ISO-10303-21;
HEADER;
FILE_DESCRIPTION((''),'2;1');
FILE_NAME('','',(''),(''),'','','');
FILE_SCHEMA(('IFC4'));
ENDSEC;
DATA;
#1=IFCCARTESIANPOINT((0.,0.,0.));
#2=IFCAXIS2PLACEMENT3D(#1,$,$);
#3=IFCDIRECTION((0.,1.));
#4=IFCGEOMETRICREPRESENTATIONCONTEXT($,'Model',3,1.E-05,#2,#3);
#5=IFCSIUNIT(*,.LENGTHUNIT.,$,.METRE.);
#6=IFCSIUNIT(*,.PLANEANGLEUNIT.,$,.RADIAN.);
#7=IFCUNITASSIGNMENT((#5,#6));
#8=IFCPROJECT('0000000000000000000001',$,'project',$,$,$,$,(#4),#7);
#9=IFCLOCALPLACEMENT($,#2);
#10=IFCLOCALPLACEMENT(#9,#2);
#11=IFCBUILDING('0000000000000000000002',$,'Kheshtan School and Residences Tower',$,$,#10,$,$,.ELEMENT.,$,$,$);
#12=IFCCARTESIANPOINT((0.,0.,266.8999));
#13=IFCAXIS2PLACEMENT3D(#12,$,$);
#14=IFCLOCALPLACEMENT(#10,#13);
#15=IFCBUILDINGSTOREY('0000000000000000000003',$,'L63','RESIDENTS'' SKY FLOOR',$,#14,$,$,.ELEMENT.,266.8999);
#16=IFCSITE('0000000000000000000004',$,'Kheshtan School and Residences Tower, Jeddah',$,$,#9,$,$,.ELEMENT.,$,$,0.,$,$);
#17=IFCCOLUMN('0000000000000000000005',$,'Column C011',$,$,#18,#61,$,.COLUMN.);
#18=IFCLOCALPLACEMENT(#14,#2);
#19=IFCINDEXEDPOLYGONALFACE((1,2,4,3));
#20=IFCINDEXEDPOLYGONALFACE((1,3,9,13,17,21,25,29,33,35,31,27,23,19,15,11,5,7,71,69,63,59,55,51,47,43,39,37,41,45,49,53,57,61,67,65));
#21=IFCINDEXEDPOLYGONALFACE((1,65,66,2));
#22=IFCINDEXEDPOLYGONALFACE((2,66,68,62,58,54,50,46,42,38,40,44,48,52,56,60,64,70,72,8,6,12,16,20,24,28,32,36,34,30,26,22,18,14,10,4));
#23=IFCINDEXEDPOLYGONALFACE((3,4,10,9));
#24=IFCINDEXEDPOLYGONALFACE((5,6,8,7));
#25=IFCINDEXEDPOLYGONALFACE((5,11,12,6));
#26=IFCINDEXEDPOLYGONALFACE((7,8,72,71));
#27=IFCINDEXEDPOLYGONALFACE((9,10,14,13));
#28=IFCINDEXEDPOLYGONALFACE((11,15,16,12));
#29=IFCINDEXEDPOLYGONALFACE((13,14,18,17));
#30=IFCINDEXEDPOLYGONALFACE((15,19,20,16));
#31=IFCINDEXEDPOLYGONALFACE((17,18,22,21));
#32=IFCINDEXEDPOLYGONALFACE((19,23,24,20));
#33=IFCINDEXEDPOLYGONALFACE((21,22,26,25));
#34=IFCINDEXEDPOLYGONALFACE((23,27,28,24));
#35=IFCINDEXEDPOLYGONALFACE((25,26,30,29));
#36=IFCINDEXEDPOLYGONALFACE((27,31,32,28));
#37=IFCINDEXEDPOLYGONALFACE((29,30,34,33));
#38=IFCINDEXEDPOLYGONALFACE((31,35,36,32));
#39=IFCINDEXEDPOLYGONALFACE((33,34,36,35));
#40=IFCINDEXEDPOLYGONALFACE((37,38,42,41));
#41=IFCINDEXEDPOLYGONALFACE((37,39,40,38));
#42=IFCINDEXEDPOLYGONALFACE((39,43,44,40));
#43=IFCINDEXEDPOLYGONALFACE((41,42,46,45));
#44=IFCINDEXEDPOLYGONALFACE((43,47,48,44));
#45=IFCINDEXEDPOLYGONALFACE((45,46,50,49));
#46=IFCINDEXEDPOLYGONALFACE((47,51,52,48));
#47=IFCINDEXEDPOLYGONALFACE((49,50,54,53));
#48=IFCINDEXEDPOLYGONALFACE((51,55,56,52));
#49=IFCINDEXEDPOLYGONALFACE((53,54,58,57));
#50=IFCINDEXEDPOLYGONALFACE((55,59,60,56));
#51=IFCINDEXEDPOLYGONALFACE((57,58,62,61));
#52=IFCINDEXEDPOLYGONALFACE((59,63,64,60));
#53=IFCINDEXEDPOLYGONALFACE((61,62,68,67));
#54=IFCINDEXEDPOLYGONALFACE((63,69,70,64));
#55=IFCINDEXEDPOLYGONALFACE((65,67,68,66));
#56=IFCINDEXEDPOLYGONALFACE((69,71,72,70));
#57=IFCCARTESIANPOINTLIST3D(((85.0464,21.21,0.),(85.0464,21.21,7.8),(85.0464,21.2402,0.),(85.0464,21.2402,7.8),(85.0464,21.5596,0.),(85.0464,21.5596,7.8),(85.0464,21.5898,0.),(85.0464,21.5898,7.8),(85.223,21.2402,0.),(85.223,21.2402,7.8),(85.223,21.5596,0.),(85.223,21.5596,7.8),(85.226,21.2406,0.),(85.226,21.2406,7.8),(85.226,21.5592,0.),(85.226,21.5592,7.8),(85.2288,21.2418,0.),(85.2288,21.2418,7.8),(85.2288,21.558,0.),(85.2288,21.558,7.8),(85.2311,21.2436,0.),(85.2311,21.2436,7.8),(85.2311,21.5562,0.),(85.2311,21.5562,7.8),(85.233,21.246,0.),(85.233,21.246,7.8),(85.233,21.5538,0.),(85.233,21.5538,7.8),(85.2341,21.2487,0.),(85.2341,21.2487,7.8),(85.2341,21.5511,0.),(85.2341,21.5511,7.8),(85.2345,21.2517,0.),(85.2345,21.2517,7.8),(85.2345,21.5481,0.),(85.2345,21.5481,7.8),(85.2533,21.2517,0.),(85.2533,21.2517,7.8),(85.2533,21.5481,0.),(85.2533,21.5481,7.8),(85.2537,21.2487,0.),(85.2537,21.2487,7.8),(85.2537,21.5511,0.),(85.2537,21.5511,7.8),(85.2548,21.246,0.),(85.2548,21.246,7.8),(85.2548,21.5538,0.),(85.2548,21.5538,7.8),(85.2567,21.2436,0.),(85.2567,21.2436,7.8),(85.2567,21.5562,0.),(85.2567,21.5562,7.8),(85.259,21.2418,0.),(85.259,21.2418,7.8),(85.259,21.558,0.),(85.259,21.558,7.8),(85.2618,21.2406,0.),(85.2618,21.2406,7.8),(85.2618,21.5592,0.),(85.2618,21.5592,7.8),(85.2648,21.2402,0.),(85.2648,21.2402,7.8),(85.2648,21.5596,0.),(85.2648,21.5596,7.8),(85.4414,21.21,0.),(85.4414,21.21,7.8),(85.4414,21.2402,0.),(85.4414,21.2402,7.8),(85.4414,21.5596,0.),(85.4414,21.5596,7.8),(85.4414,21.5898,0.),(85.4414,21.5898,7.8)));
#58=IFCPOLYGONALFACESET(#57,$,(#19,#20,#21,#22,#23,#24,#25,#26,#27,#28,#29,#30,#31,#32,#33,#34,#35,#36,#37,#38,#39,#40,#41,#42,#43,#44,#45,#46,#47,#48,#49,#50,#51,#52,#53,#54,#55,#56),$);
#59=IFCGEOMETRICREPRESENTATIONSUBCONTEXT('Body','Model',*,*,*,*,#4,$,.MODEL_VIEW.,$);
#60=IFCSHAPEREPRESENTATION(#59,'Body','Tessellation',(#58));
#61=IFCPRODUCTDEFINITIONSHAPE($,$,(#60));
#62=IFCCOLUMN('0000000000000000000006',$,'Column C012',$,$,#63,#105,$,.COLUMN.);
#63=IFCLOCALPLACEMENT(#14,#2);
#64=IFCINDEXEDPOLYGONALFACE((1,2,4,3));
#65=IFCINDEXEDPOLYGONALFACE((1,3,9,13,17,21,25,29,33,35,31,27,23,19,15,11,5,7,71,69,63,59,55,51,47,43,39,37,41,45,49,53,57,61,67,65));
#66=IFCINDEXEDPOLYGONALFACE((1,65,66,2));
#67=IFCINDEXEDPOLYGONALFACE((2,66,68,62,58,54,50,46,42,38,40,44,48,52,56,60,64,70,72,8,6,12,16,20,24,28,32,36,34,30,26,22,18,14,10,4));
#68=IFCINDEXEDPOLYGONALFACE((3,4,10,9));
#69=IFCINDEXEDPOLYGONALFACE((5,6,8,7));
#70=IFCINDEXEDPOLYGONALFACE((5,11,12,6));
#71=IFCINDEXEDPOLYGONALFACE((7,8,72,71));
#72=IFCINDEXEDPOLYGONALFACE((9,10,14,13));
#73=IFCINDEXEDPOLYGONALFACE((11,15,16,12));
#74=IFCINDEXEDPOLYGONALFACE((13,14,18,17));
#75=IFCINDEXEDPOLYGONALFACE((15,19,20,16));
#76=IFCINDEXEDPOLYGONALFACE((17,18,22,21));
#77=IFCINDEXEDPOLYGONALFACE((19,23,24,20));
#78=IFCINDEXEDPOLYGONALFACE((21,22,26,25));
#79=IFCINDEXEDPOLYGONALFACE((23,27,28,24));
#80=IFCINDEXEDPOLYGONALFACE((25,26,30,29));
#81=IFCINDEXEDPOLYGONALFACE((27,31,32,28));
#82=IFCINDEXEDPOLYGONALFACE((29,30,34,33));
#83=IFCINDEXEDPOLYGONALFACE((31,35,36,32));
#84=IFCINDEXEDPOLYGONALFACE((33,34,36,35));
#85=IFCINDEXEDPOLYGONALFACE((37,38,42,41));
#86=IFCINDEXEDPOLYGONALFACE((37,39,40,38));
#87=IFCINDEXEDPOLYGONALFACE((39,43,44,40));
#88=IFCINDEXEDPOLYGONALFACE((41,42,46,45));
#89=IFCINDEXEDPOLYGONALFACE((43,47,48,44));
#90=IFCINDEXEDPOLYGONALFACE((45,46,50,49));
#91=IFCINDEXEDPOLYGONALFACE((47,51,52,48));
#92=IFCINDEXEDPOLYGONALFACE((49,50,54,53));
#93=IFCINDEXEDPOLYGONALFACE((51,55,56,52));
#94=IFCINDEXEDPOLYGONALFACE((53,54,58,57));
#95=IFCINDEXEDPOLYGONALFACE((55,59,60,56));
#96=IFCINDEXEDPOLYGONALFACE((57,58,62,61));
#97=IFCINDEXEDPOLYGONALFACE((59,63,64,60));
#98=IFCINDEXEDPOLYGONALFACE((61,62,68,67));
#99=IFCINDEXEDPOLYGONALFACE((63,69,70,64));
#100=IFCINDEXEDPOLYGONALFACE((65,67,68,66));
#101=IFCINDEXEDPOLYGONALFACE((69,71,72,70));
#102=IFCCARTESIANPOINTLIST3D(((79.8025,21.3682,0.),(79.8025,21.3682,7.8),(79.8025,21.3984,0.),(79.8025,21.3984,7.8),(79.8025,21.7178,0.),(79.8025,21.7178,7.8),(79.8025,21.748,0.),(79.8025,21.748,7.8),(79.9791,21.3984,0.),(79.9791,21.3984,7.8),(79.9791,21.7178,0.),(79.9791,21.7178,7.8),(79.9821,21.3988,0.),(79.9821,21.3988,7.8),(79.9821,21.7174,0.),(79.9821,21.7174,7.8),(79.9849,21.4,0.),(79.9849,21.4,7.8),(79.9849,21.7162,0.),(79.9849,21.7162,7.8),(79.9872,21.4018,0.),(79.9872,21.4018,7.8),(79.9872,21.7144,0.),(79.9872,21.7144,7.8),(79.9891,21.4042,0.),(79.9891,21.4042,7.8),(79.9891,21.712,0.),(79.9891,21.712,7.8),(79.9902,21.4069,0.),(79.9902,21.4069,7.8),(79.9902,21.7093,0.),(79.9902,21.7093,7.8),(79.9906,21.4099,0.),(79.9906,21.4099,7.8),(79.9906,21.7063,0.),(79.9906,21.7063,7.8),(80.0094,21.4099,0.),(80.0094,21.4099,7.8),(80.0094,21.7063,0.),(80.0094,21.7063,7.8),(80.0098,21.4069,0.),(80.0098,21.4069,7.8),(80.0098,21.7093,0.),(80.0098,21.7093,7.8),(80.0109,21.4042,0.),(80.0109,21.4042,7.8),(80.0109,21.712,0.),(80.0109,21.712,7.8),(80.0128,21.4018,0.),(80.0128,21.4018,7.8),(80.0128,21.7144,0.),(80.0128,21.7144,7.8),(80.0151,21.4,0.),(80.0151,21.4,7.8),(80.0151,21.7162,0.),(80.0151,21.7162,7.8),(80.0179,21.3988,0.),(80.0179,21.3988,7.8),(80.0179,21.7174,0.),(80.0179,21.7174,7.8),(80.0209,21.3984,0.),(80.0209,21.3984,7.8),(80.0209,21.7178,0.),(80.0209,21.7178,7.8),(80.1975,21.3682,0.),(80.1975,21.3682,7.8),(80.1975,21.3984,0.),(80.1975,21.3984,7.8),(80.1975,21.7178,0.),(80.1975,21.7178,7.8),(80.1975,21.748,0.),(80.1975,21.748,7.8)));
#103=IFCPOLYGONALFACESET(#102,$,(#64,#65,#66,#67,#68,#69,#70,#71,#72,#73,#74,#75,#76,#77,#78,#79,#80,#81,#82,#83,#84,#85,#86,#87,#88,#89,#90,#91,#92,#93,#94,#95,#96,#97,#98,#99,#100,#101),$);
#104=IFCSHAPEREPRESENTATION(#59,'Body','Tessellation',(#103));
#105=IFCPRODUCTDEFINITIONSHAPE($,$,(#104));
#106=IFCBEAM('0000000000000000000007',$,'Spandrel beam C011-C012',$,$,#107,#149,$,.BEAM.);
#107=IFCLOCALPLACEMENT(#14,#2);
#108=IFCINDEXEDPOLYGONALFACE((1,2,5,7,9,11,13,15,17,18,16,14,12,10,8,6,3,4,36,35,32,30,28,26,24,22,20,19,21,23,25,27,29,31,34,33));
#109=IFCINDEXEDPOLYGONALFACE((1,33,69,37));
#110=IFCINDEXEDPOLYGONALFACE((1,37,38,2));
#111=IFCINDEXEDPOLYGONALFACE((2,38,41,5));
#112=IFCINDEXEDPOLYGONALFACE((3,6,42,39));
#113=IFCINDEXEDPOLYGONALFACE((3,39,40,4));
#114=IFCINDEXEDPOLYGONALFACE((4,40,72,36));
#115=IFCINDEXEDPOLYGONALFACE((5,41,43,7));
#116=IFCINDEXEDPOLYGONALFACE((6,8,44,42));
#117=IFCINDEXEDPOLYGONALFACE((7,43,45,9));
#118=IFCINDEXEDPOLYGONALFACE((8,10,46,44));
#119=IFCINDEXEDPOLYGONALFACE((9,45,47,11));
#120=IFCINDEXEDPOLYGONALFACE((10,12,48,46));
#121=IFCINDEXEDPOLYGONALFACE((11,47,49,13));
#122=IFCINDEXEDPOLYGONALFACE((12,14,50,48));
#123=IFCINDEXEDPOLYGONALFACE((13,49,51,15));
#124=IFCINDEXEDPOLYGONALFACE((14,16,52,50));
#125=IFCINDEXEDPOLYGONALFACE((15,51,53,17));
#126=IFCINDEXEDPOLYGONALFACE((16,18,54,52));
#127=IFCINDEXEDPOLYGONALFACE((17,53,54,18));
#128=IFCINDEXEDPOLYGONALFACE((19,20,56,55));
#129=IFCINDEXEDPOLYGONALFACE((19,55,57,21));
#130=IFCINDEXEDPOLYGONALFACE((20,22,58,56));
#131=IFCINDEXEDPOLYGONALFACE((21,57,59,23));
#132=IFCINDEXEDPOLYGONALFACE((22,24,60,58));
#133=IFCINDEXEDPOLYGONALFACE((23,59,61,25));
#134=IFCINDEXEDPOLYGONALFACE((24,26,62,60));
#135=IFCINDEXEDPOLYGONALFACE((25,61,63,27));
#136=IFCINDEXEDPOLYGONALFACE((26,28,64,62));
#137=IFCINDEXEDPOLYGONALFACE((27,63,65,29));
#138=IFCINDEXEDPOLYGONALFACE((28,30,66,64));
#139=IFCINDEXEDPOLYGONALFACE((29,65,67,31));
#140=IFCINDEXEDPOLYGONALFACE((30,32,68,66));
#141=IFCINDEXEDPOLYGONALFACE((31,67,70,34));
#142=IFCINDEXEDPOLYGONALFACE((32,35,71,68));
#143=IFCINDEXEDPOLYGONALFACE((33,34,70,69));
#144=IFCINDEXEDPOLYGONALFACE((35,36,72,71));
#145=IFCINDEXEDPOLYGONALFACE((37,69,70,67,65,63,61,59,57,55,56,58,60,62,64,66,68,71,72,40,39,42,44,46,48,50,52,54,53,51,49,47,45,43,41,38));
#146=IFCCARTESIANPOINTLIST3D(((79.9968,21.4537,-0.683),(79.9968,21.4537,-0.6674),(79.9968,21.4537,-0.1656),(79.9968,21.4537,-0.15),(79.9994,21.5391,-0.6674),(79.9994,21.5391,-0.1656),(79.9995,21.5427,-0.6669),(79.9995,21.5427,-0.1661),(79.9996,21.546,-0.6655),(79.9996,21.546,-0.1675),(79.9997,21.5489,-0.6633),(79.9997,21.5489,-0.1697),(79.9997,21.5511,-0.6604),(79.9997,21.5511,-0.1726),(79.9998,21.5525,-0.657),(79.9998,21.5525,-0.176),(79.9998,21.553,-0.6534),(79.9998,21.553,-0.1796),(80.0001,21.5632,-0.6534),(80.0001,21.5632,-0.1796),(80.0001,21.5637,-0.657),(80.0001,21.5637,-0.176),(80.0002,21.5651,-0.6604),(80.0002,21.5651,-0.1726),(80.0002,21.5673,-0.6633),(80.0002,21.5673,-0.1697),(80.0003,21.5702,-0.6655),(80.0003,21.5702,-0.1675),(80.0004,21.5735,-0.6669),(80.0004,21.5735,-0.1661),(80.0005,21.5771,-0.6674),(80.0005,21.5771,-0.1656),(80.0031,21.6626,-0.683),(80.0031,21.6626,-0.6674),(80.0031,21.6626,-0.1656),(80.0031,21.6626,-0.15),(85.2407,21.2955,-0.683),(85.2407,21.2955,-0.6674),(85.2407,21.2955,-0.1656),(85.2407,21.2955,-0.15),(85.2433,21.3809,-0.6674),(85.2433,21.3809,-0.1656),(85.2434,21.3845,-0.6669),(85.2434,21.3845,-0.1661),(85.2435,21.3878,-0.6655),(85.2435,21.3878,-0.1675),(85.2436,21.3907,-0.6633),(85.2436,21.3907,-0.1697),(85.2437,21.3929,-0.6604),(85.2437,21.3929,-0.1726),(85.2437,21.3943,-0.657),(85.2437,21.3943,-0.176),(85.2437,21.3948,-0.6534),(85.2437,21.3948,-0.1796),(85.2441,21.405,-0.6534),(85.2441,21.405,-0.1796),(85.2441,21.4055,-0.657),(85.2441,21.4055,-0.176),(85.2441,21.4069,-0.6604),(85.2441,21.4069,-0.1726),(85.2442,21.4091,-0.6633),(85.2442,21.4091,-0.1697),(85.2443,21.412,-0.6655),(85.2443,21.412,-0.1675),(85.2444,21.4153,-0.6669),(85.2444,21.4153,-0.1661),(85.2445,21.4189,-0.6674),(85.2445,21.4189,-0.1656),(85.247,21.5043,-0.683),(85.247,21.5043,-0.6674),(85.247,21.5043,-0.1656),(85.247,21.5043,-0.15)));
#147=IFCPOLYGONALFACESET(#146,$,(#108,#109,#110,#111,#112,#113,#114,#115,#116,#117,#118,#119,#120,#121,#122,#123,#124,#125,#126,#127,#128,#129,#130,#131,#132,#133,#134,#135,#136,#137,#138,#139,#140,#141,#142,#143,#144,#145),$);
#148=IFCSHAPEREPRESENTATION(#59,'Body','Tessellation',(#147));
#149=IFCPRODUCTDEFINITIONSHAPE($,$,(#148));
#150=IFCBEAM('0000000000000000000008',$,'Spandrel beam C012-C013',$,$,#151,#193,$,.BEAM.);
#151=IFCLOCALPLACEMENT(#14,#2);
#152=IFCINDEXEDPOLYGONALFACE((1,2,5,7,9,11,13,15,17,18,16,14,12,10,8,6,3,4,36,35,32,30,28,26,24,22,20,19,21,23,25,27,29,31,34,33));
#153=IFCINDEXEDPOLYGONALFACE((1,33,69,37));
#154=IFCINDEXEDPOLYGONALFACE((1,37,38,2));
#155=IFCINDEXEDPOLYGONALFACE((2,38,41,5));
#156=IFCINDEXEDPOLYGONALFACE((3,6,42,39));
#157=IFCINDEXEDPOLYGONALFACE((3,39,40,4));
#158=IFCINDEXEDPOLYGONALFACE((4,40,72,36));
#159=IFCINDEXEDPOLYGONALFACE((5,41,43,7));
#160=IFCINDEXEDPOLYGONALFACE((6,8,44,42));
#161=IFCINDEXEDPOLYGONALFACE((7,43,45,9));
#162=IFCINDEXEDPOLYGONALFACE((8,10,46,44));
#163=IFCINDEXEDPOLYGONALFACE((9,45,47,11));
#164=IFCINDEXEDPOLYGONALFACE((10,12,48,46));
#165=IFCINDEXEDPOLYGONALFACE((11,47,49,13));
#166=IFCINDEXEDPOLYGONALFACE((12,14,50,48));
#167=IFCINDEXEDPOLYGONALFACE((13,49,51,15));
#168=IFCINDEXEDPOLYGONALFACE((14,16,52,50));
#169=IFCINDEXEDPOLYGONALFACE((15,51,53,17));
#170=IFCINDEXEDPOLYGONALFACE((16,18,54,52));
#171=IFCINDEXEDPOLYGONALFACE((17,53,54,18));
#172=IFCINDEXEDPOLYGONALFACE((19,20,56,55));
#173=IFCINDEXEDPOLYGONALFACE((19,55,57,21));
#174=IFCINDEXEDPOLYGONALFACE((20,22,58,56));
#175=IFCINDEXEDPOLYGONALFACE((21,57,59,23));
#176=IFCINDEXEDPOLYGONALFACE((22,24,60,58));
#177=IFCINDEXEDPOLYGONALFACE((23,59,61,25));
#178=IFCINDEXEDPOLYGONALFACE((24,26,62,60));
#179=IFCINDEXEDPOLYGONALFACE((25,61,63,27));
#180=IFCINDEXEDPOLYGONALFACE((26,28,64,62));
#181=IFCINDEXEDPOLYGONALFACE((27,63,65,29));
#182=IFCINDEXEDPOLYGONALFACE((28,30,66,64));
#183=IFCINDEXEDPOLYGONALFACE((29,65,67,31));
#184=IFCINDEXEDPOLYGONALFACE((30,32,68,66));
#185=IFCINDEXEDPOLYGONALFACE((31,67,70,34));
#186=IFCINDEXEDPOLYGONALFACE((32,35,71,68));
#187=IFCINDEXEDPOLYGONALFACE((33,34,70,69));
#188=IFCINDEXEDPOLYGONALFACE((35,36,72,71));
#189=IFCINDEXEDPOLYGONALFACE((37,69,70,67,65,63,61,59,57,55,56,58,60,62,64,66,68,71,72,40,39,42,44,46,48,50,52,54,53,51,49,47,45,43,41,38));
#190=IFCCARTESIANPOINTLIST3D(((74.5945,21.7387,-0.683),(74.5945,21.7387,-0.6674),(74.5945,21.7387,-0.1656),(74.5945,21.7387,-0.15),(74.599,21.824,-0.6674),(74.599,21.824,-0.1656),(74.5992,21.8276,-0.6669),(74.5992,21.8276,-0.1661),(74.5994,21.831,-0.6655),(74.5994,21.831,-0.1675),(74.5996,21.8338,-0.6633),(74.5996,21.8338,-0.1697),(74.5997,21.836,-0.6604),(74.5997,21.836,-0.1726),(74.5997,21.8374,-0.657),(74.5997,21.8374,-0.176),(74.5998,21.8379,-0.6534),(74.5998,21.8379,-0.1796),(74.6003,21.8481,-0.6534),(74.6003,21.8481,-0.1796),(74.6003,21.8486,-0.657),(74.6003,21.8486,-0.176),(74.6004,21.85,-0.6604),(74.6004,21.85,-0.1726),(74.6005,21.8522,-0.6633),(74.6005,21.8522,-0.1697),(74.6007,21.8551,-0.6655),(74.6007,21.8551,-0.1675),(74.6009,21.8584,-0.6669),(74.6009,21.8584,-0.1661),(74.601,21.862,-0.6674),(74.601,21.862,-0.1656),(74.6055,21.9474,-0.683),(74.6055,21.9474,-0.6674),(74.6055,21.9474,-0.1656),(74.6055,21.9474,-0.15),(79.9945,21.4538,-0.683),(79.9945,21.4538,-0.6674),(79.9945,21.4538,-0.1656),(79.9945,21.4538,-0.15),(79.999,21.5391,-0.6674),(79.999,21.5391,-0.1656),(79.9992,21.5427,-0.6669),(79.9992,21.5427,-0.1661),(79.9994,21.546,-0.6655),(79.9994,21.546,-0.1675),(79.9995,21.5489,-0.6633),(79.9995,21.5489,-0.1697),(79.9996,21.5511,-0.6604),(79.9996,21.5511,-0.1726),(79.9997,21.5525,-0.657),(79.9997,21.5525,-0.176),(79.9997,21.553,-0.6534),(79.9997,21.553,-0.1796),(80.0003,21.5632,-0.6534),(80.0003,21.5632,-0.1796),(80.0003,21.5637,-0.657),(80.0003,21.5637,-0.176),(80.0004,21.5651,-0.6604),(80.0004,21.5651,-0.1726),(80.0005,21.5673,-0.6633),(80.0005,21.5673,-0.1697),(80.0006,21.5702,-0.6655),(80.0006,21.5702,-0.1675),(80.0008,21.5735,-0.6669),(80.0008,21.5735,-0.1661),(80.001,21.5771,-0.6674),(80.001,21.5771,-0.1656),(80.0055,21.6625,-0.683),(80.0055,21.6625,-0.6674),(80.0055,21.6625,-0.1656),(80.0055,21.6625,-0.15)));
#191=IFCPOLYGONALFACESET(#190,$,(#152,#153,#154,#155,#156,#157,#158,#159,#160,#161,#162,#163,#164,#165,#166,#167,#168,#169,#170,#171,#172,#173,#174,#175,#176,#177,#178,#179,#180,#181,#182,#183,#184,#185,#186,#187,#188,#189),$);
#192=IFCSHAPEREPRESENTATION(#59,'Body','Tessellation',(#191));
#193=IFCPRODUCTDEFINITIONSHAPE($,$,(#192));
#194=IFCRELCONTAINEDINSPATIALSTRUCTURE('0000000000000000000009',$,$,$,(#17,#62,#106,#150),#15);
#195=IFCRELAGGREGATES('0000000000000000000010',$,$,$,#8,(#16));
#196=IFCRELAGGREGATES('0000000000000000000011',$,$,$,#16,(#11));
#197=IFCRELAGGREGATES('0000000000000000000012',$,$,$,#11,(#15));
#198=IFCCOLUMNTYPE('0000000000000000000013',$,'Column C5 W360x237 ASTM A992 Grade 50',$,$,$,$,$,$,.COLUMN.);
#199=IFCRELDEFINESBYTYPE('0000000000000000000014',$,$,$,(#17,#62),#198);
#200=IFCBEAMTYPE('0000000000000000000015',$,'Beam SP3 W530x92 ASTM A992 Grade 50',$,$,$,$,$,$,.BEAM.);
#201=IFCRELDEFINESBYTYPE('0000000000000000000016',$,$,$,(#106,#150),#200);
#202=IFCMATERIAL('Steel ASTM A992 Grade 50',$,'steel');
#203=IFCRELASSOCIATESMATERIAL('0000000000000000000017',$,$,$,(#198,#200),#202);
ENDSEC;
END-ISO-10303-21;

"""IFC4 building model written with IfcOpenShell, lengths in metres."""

from ifc_helpers import new_model, si_unit, direction, frame, origin, origin_2d, place, context, subcontext, project, spatial, i_section, extrude, material, material_profile, profile_set, type_object, element, save


model = new_model("IFC4")

# Units and contexts
model_context = context("Model", 3, precision=1e-05, world=origin(), true_north=direction((0.0, 1.0)))
body_context = subcontext(model_context, "Body", "Model", "MODEL_VIEW")
ifc_project = project(units=[si_unit("LENGTHUNIT", "METRE"), si_unit("PLANEANGLEUNIT", "RADIAN")], contexts=[model_context])

# Site, building, storey
site_placement = place(None, origin())
site = spatial("IfcSite", under=ifc_project, at=site_placement, Name="Kheshtan School and Residences Tower, Jeddah", CompositionType="ELEMENT", RefElevation=0.0)
building_placement = place(site_placement, origin())
building = spatial("IfcBuilding", under=site, at=building_placement, Name="Kheshtan School and Residences Tower", CompositionType="ELEMENT")
storey_placement = place(building_placement, frame((0.0, 0.0, 266.8999)))
storey = spatial("IfcBuildingStorey", under=building, at=storey_placement, Name="L63", Description="RESIDENTS' SKY FLOOR", CompositionType="ELEMENT", Elevation=266.8999)

# Columns
ifc_material_1 = material(Name="Steel ASTM A992 Grade 50", Category="steel")
ifc_material_profile_1 = material_profile(ifc_material_1, i_section(OverallWidth=0.395, OverallDepth=0.3799, WebThickness=0.0188, FlangeThickness=0.0303, FilletRadius=0.0115, at=origin_2d()), Name="W360x237")
ifc_profile_set_1 = profile_set([ifc_material_profile_1], Name="Steel ASTM A992 Grade 50")
column_type = type_object("IfcColumnType", Name="Column C5 W360x237 ASTM A992 Grade 50", PredefinedType="COLUMN", material=ifc_profile_set_1)
for number, where, z_axis, x_axis, name in (
    (1, (85.2439, 21.3999, 0.0), (0.0, 0.0, 1.0), (1.0, 0.0, 0.0), "Column C011"),
    (2, (80.0, 21.5581, 0.0), (0.0, 0.0, 1.0), (1.0, 0.0, 0.0), "Column C012"),
):
    element("IfcColumn", number, at=place(storey_placement, frame(where, z_axis=z_axis, x_axis=x_axis)), inside=storey, type_object=column_type, Name=name, PredefinedType="COLUMN", context=body_context, shape_type="SweptSolid", body=[
        extrude(i_section(OverallWidth=0.395, OverallDepth=0.3799, WebThickness=0.0188, FlangeThickness=0.0303, FilletRadius=0.0115, at=origin_2d()), origin(), (0.0, 0.0, 1.0), 7.8),
    ])

# Beams
ifc_material_profile_2 = material_profile(ifc_material_1, i_section(OverallWidth=0.209, OverallDepth=0.533, WebThickness=0.0103, FlangeThickness=0.0156, FilletRadius=0.0139, at=origin_2d()), Name="W530x92")
ifc_profile_set_2 = profile_set([ifc_material_profile_2], Name="Steel ASTM A992 Grade 50")
beam_type = type_object("IfcBeamType", Name="Beam SP3 W530x92 ASTM A992 Grade 50", PredefinedType="BEAM", material=ifc_profile_set_2)
beam_1_placement = place(storey_placement, frame((85.2439, 21.3999, -0.4165), z_axis=(-0.999545, 0.030155, 0.0), x_axis=(-0.030155, -0.999545, 0.0)))
element("IfcBeam", 3, at=beam_1_placement, inside=storey, type_object=beam_type, Name="Spandrel beam C011-C012", PredefinedType="BEAM", context=body_context, shape_type="SweptSolid", body=[
    extrude(i_section(OverallWidth=0.209, OverallDepth=0.533, WebThickness=0.0103, FlangeThickness=0.0156, FilletRadius=0.0139, at=origin_2d()), origin(), (0.0, 0.0, 1.0), 5.2463),
])
beam_2_placement = place(storey_placement, frame((80.0, 21.5581, -0.4165), z_axis=(-0.998611, 0.052689, 0.0), x_axis=(-0.052689, -0.998611, 0.0)))
element("IfcBeam", 4, at=beam_2_placement, inside=storey, type_object=beam_type, Name="Spandrel beam C012-C013", PredefinedType="BEAM", context=body_context, shape_type="SweptSolid", body=[
    extrude(i_section(OverallWidth=0.209, OverallDepth=0.533, WebThickness=0.0103, FlangeThickness=0.0156, FilletRadius=0.0139, at=origin_2d()), origin(), (0.0, 0.0, 1.0), 5.4075),
])

save(model, "model.ifc")
